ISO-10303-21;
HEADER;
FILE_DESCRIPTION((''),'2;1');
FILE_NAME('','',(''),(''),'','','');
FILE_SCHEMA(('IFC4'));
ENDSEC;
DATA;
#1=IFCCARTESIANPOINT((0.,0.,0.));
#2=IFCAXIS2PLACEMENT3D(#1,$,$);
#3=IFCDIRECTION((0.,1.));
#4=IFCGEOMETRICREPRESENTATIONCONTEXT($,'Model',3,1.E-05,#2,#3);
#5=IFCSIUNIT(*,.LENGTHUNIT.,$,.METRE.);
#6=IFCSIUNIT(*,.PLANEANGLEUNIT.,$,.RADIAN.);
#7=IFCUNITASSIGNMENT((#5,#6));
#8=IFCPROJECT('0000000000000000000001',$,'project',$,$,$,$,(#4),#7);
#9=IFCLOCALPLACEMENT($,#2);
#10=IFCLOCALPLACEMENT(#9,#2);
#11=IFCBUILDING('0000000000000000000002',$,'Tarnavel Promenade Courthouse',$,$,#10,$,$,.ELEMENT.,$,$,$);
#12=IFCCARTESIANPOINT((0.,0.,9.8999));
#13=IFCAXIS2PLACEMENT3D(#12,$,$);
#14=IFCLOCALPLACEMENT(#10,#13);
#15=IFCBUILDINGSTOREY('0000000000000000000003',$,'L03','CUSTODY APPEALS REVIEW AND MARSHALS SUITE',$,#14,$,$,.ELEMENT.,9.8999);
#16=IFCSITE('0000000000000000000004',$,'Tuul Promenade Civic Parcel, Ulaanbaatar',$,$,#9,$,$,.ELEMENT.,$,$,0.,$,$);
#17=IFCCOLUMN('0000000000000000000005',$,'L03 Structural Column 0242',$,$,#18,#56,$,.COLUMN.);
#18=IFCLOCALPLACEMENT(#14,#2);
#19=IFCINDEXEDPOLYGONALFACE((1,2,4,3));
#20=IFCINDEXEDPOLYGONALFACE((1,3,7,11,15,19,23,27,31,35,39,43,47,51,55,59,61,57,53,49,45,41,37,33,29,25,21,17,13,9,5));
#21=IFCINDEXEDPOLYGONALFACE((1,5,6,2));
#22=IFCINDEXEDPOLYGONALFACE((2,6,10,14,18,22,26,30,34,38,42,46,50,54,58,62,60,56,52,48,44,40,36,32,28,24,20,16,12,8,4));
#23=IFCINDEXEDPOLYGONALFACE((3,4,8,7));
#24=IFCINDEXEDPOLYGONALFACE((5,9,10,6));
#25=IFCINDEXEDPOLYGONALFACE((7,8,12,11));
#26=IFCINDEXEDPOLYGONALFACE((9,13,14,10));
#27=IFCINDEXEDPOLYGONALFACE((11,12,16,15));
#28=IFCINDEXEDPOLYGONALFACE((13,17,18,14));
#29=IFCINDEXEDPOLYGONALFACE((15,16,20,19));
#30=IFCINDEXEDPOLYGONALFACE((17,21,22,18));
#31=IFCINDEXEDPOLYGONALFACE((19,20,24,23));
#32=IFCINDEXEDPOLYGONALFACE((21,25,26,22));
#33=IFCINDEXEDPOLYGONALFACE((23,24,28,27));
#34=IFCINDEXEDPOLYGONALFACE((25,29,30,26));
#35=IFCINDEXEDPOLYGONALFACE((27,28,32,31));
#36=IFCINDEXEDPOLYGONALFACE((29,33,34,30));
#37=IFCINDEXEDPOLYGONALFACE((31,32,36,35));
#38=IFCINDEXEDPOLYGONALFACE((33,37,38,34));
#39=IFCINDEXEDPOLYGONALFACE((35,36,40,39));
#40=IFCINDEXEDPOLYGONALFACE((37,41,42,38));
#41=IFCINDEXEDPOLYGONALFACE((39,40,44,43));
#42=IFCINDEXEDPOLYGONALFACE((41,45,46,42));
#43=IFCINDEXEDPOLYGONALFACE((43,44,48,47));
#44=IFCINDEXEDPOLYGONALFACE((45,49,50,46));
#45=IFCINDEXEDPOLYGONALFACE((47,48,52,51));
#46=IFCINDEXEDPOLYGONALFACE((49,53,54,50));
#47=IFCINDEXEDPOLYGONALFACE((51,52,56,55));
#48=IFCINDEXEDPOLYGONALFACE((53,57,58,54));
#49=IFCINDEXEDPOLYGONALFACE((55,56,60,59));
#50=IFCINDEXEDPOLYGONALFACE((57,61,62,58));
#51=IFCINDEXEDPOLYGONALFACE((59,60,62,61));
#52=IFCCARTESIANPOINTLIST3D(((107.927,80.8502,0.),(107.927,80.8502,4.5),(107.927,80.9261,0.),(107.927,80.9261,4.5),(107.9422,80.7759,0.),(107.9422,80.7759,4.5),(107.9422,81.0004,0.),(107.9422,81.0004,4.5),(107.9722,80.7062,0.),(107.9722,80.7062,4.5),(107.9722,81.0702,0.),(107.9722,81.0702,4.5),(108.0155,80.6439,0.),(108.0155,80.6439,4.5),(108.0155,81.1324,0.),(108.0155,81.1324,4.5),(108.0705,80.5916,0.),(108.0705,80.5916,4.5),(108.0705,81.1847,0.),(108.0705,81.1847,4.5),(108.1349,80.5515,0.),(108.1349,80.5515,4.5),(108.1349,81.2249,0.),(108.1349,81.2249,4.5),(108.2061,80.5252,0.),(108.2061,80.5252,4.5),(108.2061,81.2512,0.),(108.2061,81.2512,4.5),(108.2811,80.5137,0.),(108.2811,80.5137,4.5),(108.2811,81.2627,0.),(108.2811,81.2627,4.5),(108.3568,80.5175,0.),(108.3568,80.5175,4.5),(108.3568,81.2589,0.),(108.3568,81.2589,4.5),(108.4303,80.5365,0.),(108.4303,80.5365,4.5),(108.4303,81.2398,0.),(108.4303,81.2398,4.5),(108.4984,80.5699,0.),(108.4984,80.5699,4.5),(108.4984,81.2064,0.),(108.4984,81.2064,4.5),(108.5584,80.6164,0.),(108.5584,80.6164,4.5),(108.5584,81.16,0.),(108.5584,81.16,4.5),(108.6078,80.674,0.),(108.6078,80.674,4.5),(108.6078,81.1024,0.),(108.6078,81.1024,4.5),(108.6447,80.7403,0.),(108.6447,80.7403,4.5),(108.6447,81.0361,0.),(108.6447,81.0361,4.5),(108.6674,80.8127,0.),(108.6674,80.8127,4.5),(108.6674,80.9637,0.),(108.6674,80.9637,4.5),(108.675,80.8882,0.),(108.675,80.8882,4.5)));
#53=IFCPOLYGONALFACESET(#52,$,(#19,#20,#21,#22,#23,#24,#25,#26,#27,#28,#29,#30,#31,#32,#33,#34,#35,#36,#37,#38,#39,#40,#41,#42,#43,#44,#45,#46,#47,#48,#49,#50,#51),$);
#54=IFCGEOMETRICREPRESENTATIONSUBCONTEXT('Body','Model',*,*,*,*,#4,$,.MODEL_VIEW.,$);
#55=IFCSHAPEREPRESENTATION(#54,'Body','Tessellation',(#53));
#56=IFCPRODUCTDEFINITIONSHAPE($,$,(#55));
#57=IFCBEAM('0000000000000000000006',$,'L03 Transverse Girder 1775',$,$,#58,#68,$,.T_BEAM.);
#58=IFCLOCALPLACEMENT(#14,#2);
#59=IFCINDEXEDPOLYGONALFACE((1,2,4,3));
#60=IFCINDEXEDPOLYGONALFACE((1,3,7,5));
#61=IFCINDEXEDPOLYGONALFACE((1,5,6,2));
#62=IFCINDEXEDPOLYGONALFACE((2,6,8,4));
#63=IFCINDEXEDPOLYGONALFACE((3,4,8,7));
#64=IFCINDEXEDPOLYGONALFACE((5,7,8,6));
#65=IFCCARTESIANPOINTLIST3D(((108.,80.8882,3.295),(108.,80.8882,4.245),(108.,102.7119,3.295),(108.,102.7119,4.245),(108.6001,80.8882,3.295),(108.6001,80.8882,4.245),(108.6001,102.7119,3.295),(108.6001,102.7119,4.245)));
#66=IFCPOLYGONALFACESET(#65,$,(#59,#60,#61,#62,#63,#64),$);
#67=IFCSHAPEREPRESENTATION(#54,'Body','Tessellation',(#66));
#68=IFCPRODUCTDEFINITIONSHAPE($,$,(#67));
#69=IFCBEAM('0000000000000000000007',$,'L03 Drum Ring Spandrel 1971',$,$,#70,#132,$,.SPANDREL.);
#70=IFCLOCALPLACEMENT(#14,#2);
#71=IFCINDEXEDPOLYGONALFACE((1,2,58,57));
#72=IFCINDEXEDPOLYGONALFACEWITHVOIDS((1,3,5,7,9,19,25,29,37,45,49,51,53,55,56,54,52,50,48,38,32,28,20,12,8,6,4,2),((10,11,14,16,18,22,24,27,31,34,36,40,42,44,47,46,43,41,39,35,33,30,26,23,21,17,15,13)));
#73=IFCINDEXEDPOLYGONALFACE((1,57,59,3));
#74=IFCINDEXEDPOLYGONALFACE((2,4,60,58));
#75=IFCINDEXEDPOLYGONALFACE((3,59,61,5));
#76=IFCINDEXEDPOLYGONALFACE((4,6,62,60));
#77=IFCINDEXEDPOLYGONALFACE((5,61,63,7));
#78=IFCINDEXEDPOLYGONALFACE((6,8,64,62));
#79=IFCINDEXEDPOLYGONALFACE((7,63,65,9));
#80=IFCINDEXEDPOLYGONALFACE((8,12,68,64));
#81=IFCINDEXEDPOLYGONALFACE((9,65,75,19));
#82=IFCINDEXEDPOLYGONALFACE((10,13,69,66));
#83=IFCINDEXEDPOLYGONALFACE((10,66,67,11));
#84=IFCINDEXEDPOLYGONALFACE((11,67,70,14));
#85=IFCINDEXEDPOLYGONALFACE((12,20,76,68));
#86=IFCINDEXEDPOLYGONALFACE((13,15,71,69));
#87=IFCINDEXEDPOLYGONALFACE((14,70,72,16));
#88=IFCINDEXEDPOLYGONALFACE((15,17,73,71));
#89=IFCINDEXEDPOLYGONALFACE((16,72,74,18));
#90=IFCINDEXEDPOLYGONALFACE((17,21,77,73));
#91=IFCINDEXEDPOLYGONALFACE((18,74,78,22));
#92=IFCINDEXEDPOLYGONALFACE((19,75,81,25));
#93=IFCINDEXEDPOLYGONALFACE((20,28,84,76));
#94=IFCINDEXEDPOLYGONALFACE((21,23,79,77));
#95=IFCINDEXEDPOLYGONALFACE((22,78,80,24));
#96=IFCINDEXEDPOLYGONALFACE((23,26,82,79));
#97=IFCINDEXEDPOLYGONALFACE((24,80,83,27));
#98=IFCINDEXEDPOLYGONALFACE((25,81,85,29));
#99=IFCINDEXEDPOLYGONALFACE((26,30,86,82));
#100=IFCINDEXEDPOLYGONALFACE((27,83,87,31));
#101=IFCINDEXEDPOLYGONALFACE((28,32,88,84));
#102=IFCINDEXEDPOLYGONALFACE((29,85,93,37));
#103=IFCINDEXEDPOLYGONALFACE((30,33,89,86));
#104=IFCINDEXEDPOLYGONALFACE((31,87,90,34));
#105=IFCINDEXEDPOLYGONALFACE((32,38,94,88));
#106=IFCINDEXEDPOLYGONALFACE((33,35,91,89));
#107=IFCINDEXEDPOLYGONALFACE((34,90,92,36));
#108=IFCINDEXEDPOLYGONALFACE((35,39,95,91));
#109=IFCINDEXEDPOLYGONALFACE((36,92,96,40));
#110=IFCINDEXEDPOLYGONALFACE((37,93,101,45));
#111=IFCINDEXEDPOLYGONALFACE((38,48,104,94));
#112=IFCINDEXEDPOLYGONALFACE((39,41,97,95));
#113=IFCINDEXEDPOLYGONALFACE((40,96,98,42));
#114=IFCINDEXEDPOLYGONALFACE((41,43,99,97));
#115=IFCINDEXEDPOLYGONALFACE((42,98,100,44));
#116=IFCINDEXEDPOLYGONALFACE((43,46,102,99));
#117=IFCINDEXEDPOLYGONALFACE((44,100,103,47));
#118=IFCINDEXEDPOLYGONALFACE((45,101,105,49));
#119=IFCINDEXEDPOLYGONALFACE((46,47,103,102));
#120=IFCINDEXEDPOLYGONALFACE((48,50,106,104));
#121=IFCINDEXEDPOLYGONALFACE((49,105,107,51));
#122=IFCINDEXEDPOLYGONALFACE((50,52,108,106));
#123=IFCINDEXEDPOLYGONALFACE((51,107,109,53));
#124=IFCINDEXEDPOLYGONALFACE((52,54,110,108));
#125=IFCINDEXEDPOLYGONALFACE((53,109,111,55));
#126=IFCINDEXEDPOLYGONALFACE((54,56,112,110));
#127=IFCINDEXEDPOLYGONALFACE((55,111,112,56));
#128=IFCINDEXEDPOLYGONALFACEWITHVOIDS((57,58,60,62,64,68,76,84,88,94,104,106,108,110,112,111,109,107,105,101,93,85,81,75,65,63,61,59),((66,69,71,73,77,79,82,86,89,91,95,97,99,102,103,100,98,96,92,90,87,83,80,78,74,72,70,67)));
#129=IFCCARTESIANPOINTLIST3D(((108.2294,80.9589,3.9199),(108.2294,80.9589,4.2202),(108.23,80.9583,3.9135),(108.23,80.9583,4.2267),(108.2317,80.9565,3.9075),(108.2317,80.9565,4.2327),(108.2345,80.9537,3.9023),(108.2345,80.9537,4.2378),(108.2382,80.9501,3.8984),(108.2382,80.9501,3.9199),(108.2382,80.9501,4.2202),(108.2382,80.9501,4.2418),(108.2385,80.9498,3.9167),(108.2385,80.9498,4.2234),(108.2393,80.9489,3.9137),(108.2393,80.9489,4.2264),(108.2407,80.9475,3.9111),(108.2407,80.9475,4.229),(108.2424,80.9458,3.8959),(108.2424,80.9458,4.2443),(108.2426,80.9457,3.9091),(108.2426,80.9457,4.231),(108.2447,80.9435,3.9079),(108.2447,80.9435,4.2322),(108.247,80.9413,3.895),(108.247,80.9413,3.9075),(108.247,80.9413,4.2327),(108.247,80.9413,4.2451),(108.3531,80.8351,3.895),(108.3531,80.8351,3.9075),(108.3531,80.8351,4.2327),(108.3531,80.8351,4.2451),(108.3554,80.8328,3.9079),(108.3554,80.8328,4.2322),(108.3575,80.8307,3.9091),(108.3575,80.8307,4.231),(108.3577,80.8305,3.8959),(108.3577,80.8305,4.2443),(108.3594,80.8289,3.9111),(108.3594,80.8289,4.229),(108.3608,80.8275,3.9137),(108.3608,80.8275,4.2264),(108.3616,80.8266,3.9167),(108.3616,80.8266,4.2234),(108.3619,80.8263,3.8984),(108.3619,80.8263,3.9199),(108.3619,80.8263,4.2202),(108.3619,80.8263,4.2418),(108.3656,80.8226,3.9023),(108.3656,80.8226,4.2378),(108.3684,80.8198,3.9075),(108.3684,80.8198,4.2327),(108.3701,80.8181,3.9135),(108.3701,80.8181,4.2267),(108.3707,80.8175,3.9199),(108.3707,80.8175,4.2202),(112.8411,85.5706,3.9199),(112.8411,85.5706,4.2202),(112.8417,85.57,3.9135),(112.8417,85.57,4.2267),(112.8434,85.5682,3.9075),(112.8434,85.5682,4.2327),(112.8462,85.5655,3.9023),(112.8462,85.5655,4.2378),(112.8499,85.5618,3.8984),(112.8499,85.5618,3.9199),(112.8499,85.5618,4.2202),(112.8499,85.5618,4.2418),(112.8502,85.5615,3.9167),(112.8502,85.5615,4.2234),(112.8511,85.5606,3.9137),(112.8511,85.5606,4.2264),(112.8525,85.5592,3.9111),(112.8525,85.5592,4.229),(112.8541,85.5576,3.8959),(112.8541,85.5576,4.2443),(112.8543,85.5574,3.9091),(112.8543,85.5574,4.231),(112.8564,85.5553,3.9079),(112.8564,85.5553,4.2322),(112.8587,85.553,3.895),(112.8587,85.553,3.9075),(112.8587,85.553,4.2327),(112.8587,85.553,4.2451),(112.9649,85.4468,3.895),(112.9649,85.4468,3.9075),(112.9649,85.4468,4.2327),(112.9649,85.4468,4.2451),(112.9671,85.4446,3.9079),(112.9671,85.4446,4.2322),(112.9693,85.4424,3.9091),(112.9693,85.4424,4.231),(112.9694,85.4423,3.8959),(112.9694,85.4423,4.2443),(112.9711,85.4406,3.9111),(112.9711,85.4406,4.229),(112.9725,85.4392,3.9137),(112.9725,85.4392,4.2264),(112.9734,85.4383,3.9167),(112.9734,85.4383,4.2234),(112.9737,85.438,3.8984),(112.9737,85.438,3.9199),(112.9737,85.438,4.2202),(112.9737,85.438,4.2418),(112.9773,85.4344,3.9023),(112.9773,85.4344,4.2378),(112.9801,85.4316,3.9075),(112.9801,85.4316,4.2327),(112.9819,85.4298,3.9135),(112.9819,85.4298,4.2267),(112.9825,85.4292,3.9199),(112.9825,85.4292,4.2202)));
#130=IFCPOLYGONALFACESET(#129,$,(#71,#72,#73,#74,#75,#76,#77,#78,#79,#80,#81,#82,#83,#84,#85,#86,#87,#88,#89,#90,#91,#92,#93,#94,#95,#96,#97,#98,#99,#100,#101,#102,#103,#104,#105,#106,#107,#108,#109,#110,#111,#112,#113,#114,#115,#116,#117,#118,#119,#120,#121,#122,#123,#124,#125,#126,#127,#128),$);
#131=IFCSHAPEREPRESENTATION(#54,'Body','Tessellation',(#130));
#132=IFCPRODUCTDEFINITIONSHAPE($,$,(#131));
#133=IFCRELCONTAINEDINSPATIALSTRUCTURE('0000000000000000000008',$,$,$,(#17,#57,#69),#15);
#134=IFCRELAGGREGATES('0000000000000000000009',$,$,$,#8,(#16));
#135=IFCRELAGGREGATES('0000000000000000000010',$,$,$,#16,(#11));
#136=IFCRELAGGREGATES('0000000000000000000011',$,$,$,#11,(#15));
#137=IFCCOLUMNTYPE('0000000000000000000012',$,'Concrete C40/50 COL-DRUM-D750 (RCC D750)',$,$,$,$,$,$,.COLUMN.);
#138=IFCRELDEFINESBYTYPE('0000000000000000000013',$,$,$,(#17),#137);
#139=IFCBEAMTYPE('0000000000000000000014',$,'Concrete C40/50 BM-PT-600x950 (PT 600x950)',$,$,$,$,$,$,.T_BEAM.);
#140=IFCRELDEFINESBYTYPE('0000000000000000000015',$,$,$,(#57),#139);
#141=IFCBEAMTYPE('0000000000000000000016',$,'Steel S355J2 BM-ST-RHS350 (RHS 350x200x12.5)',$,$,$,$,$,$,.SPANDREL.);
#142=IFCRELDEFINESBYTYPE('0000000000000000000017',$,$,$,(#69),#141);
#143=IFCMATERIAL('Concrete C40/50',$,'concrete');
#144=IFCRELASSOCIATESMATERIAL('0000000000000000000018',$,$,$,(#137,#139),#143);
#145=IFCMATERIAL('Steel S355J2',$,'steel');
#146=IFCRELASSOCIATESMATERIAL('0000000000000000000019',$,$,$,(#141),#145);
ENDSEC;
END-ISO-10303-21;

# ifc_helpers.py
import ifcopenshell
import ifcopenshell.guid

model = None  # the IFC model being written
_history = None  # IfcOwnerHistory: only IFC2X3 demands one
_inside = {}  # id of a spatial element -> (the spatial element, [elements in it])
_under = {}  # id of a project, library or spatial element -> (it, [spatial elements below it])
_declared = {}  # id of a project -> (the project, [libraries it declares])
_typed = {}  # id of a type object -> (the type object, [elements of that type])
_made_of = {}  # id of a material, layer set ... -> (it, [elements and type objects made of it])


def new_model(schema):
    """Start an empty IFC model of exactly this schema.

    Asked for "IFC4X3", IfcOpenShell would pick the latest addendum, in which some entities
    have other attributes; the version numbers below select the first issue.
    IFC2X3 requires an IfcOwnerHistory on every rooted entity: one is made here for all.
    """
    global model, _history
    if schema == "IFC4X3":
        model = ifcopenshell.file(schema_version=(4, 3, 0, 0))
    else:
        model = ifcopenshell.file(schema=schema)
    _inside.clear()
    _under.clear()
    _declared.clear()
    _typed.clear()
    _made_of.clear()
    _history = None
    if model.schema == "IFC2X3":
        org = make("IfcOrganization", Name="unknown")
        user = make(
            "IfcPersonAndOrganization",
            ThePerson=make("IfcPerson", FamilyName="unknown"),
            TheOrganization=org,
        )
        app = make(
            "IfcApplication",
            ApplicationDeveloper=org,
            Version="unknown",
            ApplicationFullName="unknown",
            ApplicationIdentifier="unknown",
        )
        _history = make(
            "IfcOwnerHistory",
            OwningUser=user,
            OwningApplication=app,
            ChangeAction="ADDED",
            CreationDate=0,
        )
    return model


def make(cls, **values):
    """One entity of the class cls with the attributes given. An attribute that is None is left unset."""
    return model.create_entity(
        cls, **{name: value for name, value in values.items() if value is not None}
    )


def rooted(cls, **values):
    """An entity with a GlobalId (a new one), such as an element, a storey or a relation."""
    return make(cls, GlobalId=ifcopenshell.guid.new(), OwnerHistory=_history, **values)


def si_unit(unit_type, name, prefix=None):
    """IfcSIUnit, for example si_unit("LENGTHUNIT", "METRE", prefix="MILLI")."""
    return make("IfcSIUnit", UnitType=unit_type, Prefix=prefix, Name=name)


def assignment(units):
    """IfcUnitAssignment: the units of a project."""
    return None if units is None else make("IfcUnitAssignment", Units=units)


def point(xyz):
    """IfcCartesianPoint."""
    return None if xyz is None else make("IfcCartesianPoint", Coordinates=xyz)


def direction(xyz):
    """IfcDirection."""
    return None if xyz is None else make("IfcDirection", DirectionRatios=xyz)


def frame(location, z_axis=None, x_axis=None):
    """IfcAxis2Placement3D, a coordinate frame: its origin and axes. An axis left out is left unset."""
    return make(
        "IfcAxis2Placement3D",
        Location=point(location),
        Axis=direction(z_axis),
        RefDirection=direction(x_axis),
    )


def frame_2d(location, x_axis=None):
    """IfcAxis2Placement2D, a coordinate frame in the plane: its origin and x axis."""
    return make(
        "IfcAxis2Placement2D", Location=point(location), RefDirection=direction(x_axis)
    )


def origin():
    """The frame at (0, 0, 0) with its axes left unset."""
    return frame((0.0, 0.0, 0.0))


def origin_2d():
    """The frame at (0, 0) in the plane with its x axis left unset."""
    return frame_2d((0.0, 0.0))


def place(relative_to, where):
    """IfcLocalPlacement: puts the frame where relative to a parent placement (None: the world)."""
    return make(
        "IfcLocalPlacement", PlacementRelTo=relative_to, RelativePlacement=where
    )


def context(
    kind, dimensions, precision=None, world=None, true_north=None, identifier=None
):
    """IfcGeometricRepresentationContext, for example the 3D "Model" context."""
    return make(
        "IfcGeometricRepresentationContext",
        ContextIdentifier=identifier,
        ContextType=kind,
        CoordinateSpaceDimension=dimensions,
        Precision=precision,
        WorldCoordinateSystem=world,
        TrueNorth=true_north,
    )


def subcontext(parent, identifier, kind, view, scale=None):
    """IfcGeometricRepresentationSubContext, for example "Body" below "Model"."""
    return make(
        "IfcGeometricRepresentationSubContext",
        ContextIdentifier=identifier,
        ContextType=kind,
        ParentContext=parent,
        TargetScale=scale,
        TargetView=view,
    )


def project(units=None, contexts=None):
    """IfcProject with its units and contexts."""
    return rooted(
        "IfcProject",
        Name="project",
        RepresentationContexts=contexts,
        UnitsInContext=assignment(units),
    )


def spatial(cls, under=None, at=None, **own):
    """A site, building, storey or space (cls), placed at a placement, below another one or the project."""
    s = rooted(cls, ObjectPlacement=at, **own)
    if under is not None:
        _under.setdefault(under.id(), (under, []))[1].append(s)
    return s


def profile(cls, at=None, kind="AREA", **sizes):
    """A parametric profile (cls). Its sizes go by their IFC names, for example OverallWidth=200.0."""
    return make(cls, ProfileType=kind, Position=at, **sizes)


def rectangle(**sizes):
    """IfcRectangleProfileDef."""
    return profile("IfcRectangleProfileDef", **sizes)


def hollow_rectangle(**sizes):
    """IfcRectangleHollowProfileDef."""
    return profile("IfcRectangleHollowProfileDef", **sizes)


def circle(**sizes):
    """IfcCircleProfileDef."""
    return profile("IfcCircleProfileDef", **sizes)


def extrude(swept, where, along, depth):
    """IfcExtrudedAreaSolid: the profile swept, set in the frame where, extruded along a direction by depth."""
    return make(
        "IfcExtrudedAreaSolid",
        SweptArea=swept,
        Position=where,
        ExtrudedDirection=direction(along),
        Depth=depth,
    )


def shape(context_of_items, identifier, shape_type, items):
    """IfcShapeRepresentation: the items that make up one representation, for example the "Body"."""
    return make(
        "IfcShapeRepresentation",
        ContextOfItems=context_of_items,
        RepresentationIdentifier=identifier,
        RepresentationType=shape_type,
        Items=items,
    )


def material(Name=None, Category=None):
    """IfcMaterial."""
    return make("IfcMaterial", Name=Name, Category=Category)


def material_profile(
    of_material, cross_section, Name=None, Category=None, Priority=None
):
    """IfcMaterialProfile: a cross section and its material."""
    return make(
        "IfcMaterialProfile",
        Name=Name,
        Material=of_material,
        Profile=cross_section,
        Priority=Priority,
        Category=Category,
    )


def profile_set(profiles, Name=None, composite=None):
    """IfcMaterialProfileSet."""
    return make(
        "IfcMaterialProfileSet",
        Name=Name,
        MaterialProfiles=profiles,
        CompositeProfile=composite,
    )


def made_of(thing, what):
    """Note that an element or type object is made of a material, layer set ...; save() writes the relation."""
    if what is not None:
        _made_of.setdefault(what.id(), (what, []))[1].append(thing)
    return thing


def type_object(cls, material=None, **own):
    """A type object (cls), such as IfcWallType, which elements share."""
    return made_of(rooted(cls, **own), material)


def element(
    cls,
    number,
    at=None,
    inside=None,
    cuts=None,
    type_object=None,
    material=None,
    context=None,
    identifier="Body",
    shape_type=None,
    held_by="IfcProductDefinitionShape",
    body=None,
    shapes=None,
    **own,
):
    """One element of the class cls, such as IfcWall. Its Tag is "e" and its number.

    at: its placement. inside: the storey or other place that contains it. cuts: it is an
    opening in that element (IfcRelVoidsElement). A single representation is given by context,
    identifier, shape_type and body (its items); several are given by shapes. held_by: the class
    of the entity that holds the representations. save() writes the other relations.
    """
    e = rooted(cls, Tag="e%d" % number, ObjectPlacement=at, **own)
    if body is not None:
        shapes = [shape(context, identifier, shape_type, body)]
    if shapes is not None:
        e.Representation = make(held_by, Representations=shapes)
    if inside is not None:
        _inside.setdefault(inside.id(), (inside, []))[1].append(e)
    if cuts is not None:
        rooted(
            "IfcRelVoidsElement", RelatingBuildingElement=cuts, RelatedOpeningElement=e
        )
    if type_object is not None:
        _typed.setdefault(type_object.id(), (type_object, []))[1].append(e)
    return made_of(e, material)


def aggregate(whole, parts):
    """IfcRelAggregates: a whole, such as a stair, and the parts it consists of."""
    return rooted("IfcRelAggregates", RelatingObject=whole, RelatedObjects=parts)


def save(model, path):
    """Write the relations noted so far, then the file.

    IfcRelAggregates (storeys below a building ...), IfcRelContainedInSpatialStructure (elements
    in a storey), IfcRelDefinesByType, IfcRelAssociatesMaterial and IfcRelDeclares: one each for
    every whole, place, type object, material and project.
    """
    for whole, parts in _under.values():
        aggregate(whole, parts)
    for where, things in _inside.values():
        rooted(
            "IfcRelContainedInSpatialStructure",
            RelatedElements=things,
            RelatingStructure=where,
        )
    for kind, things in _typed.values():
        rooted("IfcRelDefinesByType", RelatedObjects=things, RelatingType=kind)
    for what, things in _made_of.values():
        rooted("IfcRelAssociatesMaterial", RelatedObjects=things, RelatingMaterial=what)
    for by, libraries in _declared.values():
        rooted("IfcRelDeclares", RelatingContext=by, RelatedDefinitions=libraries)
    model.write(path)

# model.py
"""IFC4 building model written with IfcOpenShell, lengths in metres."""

from ifc_helpers import new_model, si_unit, direction, frame, origin, origin_2d, place, context, subcontext, project, spatial, rectangle, hollow_rectangle, circle, extrude, material, material_profile, profile_set, type_object, element, save


model = new_model("IFC4")

# Units and contexts
model_context = context("Model", 3, precision=1e-05, world=origin(), true_north=direction((0.0, 1.0)))
body_context = subcontext(model_context, "Body", "Model", "MODEL_VIEW")
ifc_project = project(units=[si_unit("LENGTHUNIT", "METRE"), si_unit("PLANEANGLEUNIT", "RADIAN")], contexts=[model_context])

# Site, building, storey
site_placement = place(None, origin())
site = spatial("IfcSite", under=ifc_project, at=site_placement, Name="Tuul Promenade Civic Parcel, Ulaanbaatar", CompositionType="ELEMENT", RefElevation=0.0)
building_placement = place(site_placement, origin())
building = spatial("IfcBuilding", under=site, at=building_placement, Name="Tarnavel Promenade Courthouse", CompositionType="ELEMENT")
storey_placement = place(building_placement, frame((0.0, 0.0, 9.8999)))
storey = spatial("IfcBuildingStorey", under=building, at=storey_placement, Name="L03", Description="CUSTODY APPEALS REVIEW AND MARSHALS SUITE", CompositionType="ELEMENT", Elevation=9.8999)

# Column
ifc_material_1 = material(Name="Concrete C40/50", Category="concrete")
ifc_material_profile_1 = material_profile(ifc_material_1, circle(Radius=0.375, at=origin_2d()), Name="RCC D750")
ifc_profile_set_1 = profile_set([ifc_material_profile_1], Name="Concrete C40/50")
column_type = type_object("IfcColumnType", Name="Concrete C40/50 COL-DRUM-D750 (RCC D750)", PredefinedType="COLUMN", material=ifc_profile_set_1)
column_placement = place(storey_placement, frame((108.3, 80.8882, 0.0), z_axis=(0.0, 0.0, 1.0), x_axis=(1.0, 0.0, 0.0)))
element("IfcColumn", 1, at=column_placement, inside=storey, type_object=column_type, Name="L03 Structural Column 0242", PredefinedType="COLUMN", context=body_context, shape_type="SweptSolid", body=[
    extrude(circle(Radius=0.375, at=origin_2d()), origin(), (0.0, 0.0, 1.0), 4.5),
])

# Beams
ifc_material_profile_2 = material_profile(ifc_material_1, rectangle(XDim=0.6001, YDim=0.95, at=origin_2d()), Name="PT 600x950")
ifc_profile_set_2 = profile_set([ifc_material_profile_2], Name="Concrete C40/50")
beam_type_1 = type_object("IfcBeamType", Name="Concrete C40/50 BM-PT-600x950 (PT 600x950)", PredefinedType="T_BEAM", material=ifc_profile_set_2)
beam_1_placement = place(storey_placement, frame((108.3, 80.8882, 3.77), z_axis=(0.0, 1.0, 0.0), x_axis=(-1.0, 0.0, 0.0)))
element("IfcBeam", 2, at=beam_1_placement, inside=storey, type_object=beam_type_1, Name="L03 Transverse Girder 1775", PredefinedType="T_BEAM", context=body_context, shape_type="SweptSolid", body=[
    extrude(rectangle(XDim=0.6001, YDim=0.95, at=origin_2d()), origin(), (0.0, 0.0, 1.0), 21.8237),
])
ifc_material_2 = material(Name="Steel S355J2", Category="steel")
ifc_material_profile_3 = material_profile(ifc_material_2, hollow_rectangle(XDim=0.2, YDim=0.3501, WallThickness=0.0125, InnerFilletRadius=0.0125, OuterFilletRadius=0.0249, at=origin_2d()), Name="RHS 350x200x12.5")
ifc_profile_set_3 = profile_set([ifc_material_profile_3], Name="Steel S355J2")
beam_type_2 = type_object("IfcBeamType", Name="Steel S355J2 BM-ST-RHS350 (RHS 350x200x12.5)", PredefinedType="SPANDREL", material=ifc_profile_set_3)
beam_2_placement = place(storey_placement, frame((108.3, 80.8882, 4.0701), z_axis=(0.707107, 0.707107, 0.0), x_axis=(-0.707107, 0.707107, 0.0)))
element("IfcBeam", 3, at=beam_2_placement, inside=storey, type_object=beam_type_2, Name="L03 Drum Ring Spandrel 1971", PredefinedType="SPANDREL", context=body_context, shape_type="SweptSolid", body=[
    extrude(hollow_rectangle(XDim=0.2, YDim=0.3501, WallThickness=0.0125, InnerFilletRadius=0.0125, OuterFilletRadius=0.0249, at=origin_2d()), origin(), (0.0, 0.0, 1.0), 6.522),
])

save(model, "model.ifc")
